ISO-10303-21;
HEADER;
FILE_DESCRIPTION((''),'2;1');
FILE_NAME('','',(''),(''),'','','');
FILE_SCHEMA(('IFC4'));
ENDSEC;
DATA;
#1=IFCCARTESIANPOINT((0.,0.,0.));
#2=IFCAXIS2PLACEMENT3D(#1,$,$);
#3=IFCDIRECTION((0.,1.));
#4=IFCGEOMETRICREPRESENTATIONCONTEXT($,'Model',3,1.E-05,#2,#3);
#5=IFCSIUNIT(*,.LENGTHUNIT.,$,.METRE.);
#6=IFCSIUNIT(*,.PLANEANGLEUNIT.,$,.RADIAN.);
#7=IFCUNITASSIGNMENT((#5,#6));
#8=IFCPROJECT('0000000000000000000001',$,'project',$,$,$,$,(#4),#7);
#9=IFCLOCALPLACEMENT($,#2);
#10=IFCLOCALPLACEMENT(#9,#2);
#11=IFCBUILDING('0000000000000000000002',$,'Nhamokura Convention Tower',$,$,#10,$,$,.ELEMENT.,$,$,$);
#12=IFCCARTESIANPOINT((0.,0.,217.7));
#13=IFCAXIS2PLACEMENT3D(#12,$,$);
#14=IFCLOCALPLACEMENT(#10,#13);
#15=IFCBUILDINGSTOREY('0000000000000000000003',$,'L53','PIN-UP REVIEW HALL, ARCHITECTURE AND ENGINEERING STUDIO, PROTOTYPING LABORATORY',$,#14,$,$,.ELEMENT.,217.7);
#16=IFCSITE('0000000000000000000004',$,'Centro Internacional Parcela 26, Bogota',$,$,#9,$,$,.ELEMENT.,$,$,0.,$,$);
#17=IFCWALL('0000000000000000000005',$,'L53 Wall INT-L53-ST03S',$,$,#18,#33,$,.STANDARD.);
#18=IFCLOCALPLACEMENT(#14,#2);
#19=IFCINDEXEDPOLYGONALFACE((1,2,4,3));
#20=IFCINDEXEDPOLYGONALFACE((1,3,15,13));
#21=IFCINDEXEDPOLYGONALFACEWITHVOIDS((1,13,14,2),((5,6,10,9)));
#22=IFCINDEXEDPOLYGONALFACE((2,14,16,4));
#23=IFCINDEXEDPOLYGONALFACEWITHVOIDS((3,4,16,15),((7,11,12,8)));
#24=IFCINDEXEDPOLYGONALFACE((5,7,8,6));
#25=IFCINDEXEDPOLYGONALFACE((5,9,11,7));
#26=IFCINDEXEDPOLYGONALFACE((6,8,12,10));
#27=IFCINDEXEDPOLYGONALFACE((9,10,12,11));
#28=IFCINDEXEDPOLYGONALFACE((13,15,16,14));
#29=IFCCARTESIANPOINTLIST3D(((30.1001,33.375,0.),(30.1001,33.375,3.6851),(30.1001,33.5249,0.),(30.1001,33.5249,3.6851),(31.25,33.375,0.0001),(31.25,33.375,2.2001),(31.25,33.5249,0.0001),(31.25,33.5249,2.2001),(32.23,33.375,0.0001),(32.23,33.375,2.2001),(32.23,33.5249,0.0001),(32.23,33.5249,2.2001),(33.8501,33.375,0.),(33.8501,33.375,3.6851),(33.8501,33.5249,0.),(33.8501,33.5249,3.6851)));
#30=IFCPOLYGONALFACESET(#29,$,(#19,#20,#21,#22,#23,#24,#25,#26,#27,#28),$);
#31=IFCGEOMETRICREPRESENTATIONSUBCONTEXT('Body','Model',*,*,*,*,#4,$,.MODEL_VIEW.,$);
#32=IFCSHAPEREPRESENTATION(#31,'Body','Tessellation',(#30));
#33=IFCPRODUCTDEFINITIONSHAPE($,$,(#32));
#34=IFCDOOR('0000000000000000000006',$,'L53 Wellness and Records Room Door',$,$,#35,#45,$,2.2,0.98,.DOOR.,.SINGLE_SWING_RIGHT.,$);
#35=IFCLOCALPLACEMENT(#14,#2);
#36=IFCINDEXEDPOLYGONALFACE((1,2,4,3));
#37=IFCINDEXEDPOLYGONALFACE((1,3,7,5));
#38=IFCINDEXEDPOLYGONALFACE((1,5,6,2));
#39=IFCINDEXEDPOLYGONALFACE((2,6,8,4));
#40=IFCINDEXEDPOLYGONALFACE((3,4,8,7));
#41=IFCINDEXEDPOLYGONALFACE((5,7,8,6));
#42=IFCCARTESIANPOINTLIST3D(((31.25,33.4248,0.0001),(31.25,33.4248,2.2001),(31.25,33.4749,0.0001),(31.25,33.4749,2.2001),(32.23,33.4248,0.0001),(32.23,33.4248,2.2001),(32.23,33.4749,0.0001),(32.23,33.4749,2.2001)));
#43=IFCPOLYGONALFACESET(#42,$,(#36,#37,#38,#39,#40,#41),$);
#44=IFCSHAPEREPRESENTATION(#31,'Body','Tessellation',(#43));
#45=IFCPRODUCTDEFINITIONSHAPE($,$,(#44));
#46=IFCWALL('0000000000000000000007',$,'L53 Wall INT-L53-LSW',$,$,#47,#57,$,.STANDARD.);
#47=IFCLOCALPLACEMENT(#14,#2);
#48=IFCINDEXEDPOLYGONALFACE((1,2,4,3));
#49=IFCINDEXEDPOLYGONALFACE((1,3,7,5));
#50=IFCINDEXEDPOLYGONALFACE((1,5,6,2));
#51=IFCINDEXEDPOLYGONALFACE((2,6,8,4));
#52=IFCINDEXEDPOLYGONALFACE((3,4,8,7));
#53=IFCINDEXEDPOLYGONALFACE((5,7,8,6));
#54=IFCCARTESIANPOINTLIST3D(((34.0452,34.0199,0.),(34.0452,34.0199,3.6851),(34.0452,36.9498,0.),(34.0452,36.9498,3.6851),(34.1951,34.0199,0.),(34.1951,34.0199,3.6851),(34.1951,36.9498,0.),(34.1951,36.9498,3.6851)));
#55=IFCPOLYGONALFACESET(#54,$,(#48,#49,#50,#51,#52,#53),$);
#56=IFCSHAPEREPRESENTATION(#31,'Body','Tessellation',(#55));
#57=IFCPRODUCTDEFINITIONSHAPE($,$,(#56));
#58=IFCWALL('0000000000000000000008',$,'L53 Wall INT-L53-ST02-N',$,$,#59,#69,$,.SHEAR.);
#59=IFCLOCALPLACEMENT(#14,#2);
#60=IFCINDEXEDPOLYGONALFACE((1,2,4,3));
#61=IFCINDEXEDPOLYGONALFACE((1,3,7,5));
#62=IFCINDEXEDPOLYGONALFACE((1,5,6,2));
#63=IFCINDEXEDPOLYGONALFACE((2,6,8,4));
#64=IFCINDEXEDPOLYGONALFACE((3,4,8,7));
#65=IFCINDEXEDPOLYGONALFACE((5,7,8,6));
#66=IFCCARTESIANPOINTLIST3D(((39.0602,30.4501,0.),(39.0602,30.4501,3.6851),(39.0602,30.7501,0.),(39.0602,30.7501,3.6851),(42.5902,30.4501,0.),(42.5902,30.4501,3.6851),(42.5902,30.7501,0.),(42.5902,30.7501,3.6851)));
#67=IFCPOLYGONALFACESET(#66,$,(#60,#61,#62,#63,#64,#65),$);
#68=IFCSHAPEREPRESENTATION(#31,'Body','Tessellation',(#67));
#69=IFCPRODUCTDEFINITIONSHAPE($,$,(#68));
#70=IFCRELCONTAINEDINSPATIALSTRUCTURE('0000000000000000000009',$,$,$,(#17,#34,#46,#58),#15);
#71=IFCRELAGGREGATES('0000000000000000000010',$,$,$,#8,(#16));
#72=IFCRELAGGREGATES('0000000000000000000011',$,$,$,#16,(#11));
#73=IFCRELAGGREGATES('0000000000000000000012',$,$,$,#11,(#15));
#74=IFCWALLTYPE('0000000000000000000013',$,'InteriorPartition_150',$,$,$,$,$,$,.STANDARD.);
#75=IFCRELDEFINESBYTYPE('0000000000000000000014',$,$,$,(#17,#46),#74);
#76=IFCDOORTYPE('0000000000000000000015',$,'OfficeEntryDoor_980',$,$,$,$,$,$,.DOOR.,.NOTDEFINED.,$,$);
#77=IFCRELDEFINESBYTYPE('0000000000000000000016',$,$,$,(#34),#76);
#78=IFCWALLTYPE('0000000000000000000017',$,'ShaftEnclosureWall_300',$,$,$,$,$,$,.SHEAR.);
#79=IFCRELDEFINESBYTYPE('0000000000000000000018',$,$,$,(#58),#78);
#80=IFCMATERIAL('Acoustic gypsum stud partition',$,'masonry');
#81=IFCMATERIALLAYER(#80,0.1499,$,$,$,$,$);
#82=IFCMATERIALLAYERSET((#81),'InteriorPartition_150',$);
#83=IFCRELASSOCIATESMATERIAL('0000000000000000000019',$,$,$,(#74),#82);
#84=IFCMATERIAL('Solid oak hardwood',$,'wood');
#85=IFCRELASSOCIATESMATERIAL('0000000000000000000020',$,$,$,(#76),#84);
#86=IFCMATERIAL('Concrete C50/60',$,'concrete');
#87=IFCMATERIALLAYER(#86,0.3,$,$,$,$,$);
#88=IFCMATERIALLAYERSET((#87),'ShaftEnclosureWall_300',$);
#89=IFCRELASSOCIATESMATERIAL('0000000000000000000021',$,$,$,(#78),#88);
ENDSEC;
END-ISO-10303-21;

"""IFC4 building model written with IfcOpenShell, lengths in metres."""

from ifc_helpers import new_model, si_unit, direction, frame, frame_2d, origin, place, context, subcontext, project, spatial, rectangle, extrude, material, layer, layer_set, type_object, element, fill, save


model = new_model("IFC4")

# Units and contexts
model_context = context("Model", 3, precision=1e-05, world=origin(), true_north=direction((0.0, 1.0)))
body_context = subcontext(model_context, "Body", "Model", "MODEL_VIEW")
ifc_project = project(units=[si_unit("LENGTHUNIT", "METRE"), si_unit("PLANEANGLEUNIT", "RADIAN")], contexts=[model_context])

# Site, building, storey
site_placement = place(None, origin())
site = spatial("IfcSite", under=ifc_project, at=site_placement, Name="Centro Internacional Parcela 26, Bogota", CompositionType="ELEMENT", RefElevation=0.0)
building_placement = place(site_placement, origin())
building = spatial("IfcBuilding", under=site, at=building_placement, Name="Nhamokura Convention Tower", CompositionType="ELEMENT")
storey_placement = place(building_placement, frame((0.0, 0.0, 217.7)))
storey = spatial("IfcBuildingStorey", under=building, at=storey_placement, Name="L53", Description="PIN-UP REVIEW HALL, ARCHITECTURE AND ENGINEERING STUDIO, PROTOTYPING LABORATORY", CompositionType="ELEMENT", Elevation=217.7)

# Shared definitions
ifc_material_1 = material(Name="Acoustic gypsum stud partition", Category="masonry")
ifc_layer_1 = layer(ifc_material_1, 0.1499)
ifc_layer_set_1 = layer_set([ifc_layer_1], Name="InteriorPartition_150")
wall_type_1 = type_object("IfcWallType", Name="InteriorPartition_150", PredefinedType="STANDARD", material=ifc_layer_set_1)

# Wall, opening, door
wall_1_placement = place(storey_placement, frame((30.1001, 33.45, 0.0), z_axis=(0.0, 0.0, 1.0), x_axis=(1.0, 0.0, 0.0)))
wall_1 = element("IfcWall", 1, at=wall_1_placement, inside=storey, type_object=wall_type_1, Name="L53 Wall INT-L53-ST03S", PredefinedType="STANDARD", context=body_context, shape_type="SweptSolid", body=[
    extrude(rectangle(XDim=3.75, YDim=0.1499, at=frame_2d((1.875, 0.0))), origin(), (0.0, 0.0, 1.0), 3.6851),
])
opening_1_placement = place(wall_1_placement, frame((1.1499, 0.0, 0.0)))
opening_1 = element("IfcOpeningElement", 2, at=opening_1_placement, cuts=wall_1, PredefinedType="OPENING", context=body_context, shape_type="SweptSolid", body=[
    extrude(rectangle(XDim=0.98, YDim=2.2, at=frame_2d((0.49, 1.1001))), frame((0.0, 0.085, 0.0), z_axis=(0.0, -1.0, 0.0), x_axis=(1.0, 0.0, 0.0)), (0.0, 0.0, 1.0), 0.1699),
])
ifc_material_2 = material(Name="Solid oak hardwood", Category="wood")
door_type_1 = type_object("IfcDoorType", Name="OfficeEntryDoor_980", OperationType="NOTDEFINED", PredefinedType="DOOR", material=ifc_material_2)
door_1_placement = place(opening_1_placement, origin())
door_1 = element("IfcDoor", 3, at=door_1_placement, inside=storey, type_object=door_type_1, Name="L53 Wellness and Records Room Door", OperationType="SINGLE_SWING_RIGHT", OverallHeight=2.2, OverallWidth=0.98, PredefinedType="DOOR", context=body_context, shape_type="SweptSolid", body=[
    extrude(rectangle(XDim=0.98, YDim=2.2, at=frame_2d((0.49, 1.1001))), frame((0.0, 0.0249, 0.0), z_axis=(0.0, -1.0, 0.0), x_axis=(1.0, 0.0, 0.0)), (0.0, 0.0, 1.0), 0.05),
])
fill(opening_1, door_1)

# Walls
wall_2_placement = place(storey_placement, frame((34.1201, 34.02, 0.0), z_axis=(0.0, 0.0, 1.0), x_axis=(0.0, 1.0, 0.0)))
element("IfcWall", 4, at=wall_2_placement, inside=storey, type_object=wall_type_1, Name="L53 Wall INT-L53-LSW", PredefinedType="STANDARD", context=body_context, shape_type="SweptSolid", body=[
    extrude(rectangle(XDim=2.9299, YDim=0.1499, at=frame_2d((1.4648, 0.0))), origin(), (0.0, 0.0, 1.0), 3.6851),
])
ifc_material_3 = material(Name="Concrete C50/60", Category="concrete")
ifc_layer_2 = layer(ifc_material_3, 0.3)
ifc_layer_set_2 = layer_set([ifc_layer_2], Name="ShaftEnclosureWall_300")
wall_type_2 = type_object("IfcWallType", Name="ShaftEnclosureWall_300", PredefinedType="SHEAR", material=ifc_layer_set_2)
wall_3_placement = place(storey_placement, frame((39.0601, 30.6001, 0.0), z_axis=(0.0, 0.0, 1.0), x_axis=(1.0, 0.0, 0.0)))
element("IfcWall", 5, at=wall_3_placement, inside=storey, type_object=wall_type_2, Name="L53 Wall INT-L53-ST02-N", PredefinedType="SHEAR", context=body_context, shape_type="SweptSolid", body=[
    extrude(rectangle(XDim=3.53, YDim=0.3, at=frame_2d((1.7651, 0.0))), origin(), (0.0, 0.0, 1.0), 3.6851),
])

save(model, "model.ifc")
